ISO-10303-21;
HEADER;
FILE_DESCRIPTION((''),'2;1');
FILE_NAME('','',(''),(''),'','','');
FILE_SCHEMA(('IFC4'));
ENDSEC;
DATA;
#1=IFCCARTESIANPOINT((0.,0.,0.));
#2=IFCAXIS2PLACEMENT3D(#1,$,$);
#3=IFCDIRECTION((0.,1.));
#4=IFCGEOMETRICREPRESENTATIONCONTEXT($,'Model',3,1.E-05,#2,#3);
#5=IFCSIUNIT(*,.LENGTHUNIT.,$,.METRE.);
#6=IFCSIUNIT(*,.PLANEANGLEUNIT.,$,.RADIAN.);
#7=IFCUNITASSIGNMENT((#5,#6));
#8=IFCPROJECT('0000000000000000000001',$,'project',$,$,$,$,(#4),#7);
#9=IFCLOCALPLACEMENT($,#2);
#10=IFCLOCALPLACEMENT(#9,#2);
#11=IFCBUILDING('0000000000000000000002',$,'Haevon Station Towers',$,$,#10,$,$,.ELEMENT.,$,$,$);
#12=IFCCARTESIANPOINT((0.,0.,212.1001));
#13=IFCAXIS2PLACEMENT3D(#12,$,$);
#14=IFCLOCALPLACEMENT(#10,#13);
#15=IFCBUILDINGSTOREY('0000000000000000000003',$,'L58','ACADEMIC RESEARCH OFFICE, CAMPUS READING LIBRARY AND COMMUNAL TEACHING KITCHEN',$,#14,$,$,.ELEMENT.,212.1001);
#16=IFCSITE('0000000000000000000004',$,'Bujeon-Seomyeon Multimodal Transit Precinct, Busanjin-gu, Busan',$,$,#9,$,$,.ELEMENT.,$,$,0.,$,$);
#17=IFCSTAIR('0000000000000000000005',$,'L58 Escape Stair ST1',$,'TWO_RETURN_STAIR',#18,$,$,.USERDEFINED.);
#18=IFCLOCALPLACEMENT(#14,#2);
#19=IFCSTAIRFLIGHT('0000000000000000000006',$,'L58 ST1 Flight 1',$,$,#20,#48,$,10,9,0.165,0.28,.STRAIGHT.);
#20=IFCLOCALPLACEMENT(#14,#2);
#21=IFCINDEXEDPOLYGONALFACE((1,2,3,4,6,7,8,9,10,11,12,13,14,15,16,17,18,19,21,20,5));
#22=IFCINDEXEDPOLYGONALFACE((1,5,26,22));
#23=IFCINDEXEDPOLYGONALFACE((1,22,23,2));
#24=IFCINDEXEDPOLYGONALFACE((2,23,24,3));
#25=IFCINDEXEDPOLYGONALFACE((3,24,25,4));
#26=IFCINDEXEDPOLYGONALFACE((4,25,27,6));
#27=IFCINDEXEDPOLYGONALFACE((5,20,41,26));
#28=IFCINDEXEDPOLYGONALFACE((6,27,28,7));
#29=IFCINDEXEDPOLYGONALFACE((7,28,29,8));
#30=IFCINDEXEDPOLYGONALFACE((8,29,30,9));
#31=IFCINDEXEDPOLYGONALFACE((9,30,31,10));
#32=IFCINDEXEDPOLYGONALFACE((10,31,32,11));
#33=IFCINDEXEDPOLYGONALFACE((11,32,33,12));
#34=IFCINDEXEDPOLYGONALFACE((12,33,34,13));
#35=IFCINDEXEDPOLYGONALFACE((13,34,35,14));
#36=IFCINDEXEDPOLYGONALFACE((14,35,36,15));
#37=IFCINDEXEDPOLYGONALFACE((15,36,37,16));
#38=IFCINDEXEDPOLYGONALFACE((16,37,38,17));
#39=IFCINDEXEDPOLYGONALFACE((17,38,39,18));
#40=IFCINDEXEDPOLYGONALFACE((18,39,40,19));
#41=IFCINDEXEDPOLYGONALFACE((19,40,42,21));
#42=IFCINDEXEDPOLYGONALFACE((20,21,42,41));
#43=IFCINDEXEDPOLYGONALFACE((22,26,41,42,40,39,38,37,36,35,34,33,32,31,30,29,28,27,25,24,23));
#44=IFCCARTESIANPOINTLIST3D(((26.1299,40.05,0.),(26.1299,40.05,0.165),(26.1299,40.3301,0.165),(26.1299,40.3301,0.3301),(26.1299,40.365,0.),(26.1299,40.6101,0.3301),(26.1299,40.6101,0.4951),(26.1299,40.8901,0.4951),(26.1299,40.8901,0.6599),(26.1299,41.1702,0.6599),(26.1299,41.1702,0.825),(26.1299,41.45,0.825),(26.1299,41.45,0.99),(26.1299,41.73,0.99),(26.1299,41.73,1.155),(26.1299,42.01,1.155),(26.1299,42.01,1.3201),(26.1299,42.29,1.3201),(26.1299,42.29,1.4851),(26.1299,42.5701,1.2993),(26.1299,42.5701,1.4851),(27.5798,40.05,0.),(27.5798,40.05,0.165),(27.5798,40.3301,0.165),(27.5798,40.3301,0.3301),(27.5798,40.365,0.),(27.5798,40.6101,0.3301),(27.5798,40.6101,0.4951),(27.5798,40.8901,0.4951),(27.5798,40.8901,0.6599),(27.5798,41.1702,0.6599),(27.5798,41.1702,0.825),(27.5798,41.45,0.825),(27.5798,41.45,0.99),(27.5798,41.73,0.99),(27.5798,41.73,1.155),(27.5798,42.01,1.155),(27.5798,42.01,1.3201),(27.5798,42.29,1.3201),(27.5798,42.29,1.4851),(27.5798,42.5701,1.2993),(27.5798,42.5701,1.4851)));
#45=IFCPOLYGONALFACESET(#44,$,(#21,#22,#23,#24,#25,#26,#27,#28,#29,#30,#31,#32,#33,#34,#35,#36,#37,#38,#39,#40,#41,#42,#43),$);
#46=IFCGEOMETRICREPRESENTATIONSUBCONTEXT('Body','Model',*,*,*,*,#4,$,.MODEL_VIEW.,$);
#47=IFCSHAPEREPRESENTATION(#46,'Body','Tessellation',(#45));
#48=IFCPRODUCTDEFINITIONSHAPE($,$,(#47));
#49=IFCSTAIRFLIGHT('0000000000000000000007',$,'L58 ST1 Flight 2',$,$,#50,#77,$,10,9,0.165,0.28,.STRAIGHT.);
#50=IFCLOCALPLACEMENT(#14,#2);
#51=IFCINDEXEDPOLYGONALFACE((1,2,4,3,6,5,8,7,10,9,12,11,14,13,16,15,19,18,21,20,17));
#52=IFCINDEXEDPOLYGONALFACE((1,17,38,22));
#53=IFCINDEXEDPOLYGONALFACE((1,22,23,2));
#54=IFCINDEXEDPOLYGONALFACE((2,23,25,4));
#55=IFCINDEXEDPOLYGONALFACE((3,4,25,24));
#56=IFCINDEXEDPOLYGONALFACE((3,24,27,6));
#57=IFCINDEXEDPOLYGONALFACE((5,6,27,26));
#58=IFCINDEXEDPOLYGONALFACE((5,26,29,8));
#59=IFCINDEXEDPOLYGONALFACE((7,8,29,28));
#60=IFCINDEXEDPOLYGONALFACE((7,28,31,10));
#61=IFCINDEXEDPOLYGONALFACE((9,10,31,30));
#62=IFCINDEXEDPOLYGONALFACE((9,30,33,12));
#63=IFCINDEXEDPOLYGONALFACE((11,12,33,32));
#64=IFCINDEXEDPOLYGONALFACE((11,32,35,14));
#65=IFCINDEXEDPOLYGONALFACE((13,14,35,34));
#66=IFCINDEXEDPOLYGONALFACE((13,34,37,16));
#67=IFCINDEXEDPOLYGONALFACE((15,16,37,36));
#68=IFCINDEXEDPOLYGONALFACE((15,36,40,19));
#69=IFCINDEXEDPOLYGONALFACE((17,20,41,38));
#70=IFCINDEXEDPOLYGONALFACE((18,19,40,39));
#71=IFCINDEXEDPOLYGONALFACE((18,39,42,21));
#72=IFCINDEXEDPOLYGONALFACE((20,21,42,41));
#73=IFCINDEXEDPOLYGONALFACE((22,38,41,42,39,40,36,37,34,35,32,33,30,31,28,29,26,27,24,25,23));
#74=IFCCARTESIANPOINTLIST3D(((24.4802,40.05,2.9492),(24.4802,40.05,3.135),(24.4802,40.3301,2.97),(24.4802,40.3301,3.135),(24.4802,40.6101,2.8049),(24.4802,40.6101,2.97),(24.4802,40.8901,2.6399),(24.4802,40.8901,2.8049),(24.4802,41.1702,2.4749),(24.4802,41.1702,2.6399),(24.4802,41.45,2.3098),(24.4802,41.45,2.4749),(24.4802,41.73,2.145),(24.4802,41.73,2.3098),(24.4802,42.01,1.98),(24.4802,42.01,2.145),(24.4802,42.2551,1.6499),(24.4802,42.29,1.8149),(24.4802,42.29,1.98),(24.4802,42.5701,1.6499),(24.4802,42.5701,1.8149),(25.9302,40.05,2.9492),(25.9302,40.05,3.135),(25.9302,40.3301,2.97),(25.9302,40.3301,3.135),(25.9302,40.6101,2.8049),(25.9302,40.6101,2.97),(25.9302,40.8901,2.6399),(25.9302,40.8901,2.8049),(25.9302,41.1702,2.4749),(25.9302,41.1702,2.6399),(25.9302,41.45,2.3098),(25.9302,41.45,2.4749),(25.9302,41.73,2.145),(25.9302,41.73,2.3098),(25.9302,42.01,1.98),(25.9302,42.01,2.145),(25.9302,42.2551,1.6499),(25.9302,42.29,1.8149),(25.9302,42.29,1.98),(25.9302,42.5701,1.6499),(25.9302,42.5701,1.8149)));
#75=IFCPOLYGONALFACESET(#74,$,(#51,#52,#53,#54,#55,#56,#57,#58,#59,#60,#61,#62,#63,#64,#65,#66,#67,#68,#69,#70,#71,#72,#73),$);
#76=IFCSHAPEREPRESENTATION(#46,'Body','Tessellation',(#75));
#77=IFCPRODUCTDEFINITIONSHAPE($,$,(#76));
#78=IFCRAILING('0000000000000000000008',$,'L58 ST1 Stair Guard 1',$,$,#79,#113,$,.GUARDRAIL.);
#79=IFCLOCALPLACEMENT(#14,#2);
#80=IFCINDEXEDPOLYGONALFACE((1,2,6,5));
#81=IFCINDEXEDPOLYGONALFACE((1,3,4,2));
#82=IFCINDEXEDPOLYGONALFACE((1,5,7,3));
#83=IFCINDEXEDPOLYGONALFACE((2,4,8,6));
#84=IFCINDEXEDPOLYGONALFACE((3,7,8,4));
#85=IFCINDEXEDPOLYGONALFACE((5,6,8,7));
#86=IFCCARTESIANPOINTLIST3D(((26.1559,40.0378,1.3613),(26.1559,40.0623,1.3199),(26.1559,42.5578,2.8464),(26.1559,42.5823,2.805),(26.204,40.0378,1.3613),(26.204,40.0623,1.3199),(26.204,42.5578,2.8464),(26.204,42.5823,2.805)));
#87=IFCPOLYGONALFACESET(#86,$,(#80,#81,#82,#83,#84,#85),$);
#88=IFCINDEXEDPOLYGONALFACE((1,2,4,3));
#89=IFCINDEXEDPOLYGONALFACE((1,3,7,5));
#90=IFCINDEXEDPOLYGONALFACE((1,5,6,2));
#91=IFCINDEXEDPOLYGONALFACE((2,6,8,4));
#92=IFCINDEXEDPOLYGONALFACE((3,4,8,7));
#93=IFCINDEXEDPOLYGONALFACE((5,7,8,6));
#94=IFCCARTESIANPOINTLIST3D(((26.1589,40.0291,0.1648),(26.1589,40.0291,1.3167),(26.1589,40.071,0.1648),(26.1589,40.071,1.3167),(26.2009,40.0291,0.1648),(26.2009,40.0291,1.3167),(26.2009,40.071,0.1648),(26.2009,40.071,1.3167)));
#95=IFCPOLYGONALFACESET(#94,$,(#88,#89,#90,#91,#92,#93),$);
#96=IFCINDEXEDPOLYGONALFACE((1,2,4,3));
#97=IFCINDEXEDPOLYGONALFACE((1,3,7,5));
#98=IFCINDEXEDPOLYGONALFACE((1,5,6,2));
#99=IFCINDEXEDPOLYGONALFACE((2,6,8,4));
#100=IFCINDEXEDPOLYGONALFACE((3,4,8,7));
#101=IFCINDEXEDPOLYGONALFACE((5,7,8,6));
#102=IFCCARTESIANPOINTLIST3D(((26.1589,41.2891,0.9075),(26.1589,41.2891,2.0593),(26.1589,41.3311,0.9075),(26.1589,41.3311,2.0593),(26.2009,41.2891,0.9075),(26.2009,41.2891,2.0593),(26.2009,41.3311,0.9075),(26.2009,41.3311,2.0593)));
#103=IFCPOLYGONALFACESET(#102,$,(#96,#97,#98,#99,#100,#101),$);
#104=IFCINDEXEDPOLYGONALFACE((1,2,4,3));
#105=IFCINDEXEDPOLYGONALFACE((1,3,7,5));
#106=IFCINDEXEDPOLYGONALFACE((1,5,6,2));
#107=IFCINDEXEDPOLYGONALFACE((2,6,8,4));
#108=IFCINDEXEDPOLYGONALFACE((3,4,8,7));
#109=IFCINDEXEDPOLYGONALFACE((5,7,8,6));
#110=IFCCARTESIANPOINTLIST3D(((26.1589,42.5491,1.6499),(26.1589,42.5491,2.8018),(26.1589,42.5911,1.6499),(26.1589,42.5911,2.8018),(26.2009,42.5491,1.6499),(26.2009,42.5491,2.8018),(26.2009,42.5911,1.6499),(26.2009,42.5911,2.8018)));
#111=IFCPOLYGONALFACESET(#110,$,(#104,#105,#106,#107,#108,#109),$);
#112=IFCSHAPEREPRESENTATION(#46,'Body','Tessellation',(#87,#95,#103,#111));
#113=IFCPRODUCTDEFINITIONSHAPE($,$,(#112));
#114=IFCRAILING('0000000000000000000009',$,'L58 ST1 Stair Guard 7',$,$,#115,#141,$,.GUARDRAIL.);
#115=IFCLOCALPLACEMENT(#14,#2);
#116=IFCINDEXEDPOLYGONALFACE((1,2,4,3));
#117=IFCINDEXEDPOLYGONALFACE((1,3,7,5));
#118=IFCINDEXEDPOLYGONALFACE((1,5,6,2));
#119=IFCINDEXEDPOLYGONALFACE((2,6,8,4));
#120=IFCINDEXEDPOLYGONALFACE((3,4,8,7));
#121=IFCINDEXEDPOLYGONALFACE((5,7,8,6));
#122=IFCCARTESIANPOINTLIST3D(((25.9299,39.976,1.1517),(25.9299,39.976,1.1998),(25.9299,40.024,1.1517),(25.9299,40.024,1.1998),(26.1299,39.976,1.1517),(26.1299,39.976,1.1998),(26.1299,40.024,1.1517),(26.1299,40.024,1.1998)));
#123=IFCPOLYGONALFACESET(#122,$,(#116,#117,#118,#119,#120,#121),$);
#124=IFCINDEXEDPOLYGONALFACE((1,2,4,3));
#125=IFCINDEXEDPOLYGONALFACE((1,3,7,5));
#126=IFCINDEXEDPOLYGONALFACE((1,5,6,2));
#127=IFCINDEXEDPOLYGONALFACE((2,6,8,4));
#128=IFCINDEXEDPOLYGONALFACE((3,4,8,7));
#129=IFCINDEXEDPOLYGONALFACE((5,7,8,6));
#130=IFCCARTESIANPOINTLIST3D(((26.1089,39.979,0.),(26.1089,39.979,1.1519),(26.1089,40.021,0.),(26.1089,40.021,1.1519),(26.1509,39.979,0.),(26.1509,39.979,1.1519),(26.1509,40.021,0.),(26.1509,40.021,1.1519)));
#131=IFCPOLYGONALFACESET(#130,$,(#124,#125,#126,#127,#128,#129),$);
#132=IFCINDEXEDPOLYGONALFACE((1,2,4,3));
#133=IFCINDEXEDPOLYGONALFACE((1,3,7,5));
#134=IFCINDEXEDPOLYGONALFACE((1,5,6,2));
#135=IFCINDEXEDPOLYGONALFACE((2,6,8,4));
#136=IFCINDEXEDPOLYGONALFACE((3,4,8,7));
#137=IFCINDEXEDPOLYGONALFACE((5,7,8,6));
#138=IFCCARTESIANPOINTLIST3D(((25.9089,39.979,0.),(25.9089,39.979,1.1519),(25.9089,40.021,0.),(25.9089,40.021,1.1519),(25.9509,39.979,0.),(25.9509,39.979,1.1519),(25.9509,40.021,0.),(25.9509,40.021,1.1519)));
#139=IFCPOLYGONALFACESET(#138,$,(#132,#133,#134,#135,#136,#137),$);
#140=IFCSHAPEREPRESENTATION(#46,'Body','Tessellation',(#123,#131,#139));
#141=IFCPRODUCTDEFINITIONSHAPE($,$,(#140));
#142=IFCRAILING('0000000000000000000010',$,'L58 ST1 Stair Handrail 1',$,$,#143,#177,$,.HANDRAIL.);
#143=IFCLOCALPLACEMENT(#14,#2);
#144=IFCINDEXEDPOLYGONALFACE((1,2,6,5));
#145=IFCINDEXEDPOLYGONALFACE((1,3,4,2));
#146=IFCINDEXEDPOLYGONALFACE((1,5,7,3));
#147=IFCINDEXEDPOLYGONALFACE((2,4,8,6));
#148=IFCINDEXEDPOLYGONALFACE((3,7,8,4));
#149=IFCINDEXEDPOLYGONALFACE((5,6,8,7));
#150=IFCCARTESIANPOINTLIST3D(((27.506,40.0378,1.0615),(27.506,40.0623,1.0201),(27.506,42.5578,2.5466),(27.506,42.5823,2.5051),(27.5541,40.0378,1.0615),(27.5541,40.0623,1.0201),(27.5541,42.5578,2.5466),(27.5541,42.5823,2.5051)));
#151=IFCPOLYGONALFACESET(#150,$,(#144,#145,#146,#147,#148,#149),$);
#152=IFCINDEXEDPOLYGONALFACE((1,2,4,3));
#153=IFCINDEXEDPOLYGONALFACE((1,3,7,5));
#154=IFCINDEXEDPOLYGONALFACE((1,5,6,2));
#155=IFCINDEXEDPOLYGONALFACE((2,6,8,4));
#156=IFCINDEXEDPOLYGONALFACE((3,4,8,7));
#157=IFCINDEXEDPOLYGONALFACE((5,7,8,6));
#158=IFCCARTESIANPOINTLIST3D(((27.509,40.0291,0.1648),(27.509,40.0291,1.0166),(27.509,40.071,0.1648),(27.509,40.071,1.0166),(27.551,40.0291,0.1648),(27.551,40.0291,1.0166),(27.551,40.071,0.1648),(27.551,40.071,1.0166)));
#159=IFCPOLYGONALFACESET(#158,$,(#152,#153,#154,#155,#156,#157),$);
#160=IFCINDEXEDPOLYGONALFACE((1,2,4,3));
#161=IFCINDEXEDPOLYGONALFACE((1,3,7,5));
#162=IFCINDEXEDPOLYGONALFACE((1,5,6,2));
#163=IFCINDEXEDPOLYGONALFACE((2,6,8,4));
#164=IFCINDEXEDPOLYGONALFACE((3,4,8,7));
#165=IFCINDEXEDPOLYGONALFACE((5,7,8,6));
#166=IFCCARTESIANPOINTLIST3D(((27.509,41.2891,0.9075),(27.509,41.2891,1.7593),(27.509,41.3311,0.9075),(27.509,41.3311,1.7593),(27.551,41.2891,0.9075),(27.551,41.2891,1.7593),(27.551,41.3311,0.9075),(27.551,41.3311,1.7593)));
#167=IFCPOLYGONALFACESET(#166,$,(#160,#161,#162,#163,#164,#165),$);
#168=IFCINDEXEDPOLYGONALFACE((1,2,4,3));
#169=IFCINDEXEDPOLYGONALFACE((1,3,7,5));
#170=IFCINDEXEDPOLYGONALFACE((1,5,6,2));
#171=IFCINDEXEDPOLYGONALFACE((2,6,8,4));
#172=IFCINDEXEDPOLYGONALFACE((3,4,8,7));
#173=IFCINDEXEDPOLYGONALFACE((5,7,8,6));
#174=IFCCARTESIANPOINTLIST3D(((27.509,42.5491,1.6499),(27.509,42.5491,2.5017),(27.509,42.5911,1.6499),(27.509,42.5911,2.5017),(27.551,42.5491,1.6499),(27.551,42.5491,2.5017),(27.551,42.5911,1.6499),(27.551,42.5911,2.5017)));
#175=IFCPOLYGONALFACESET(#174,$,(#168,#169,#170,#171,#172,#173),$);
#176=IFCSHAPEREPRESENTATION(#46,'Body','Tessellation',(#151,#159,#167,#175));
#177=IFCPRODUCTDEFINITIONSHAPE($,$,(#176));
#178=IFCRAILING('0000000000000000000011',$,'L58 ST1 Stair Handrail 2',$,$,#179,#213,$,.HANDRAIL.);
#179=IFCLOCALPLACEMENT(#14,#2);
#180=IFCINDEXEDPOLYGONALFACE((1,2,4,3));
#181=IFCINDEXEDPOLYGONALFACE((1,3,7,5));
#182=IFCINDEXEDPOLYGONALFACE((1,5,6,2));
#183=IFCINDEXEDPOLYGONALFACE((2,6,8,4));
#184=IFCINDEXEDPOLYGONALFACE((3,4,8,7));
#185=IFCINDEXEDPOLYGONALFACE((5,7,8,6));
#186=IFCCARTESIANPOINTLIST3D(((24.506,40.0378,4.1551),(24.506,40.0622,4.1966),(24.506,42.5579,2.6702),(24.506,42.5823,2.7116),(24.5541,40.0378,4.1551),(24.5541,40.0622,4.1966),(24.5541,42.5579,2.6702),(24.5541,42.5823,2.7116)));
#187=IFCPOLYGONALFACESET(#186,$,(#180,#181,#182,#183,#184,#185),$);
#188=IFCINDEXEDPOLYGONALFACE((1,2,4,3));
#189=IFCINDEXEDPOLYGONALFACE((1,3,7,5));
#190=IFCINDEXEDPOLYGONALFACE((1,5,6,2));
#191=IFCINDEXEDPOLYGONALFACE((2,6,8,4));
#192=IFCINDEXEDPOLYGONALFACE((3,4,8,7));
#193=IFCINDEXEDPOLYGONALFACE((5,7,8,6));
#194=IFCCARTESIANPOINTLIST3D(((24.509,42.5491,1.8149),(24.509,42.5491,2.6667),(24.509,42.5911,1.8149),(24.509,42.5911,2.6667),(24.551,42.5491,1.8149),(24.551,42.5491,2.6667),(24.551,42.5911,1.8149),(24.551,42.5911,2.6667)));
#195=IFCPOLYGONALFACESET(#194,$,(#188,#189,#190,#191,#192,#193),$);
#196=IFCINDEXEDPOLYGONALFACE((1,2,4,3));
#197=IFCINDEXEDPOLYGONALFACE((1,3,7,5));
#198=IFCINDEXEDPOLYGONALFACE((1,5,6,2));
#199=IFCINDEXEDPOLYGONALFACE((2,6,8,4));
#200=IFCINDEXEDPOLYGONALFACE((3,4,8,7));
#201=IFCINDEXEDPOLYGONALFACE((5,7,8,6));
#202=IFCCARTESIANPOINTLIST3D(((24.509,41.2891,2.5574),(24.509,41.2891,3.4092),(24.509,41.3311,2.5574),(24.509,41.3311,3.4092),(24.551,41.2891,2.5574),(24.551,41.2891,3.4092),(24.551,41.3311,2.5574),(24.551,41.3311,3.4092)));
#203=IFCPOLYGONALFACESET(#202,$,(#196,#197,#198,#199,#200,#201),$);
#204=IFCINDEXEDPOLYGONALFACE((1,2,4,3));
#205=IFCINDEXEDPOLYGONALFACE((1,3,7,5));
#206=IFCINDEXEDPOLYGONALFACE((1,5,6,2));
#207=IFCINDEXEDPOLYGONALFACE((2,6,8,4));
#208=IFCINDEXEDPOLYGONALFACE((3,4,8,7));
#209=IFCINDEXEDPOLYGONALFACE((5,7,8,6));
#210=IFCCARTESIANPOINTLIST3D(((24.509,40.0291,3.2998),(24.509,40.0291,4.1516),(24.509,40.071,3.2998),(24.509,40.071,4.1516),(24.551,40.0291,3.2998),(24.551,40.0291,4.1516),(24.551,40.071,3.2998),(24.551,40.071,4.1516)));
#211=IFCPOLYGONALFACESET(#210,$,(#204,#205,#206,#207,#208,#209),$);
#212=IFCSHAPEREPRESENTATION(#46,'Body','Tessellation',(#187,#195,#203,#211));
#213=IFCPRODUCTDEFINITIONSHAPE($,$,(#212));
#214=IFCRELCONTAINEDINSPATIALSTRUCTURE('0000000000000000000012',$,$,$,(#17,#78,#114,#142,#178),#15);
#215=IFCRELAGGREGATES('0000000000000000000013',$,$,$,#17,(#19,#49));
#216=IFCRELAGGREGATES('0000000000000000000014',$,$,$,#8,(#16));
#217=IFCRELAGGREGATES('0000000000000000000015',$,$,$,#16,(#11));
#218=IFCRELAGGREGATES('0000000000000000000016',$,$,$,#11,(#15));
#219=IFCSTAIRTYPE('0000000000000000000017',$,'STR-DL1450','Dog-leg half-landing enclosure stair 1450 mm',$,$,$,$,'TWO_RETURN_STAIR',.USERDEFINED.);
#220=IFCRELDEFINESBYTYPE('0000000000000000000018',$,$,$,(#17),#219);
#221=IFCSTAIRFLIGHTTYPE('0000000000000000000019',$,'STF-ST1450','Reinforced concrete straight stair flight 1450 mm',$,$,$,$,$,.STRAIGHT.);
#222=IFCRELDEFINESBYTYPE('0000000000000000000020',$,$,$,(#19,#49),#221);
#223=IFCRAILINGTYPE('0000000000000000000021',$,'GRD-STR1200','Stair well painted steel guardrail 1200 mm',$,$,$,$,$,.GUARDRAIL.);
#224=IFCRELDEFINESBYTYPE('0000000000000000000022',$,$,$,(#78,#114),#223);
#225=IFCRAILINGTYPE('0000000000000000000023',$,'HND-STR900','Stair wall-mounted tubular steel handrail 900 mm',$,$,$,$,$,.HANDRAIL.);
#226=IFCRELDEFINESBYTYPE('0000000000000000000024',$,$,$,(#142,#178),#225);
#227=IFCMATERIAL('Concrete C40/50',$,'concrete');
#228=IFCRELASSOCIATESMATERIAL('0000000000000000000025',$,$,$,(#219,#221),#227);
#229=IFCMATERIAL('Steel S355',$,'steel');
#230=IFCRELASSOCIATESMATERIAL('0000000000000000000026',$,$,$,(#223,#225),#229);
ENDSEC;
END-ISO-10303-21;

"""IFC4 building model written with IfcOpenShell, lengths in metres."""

from ifc_helpers import new_model, si_unit, direction, frame, origin, origin_2d, place, context, subcontext, project, spatial, polyline, rectangle, outline, extrude, material, type_object, element, aggregate, save


model = new_model("IFC4")

# Units and contexts
model_context = context("Model", 3, precision=1e-05, world=origin(), true_north=direction((0.0, 1.0)))
body_context = subcontext(model_context, "Body", "Model", "MODEL_VIEW")
ifc_project = project(units=[si_unit("LENGTHUNIT", "METRE"), si_unit("PLANEANGLEUNIT", "RADIAN")], contexts=[model_context])

# Site, building, storey
site_placement = place(None, origin())
site = spatial("IfcSite", under=ifc_project, at=site_placement, Name="Bujeon-Seomyeon Multimodal Transit Precinct, Busanjin-gu, Busan", CompositionType="ELEMENT", RefElevation=0.0)
building_placement = place(site_placement, origin())
building = spatial("IfcBuilding", under=site, at=building_placement, Name="Haevon Station Towers", CompositionType="ELEMENT")
storey_placement = place(building_placement, frame((0.0, 0.0, 212.1001)))
storey = spatial("IfcBuildingStorey", under=building, at=storey_placement, Name="L58", Description="ACADEMIC RESEARCH OFFICE, CAMPUS READING LIBRARY AND COMMUNAL TEACHING KITCHEN", CompositionType="ELEMENT", Elevation=212.1001)

# Stair, stair flights
ifc_material_1 = material(Name="Concrete C40/50", Category="concrete")
stair_type = type_object("IfcStairType", Name="STR-DL1450", Description="Dog-leg half-landing enclosure stair 1450 mm", ElementType="TWO_RETURN_STAIR", PredefinedType="USERDEFINED", material=ifc_material_1)
stair_placement = place(storey_placement, origin())
stair = element("IfcStair", 1, at=stair_placement, inside=storey, type_object=stair_type, Name="L58 Escape Stair ST1", ObjectType="TWO_RETURN_STAIR", PredefinedType="USERDEFINED")
stair_flight_type = type_object("IfcStairFlightType", Name="STF-ST1450", Description="Reinforced concrete straight stair flight 1450 mm", PredefinedType="STRAIGHT", material=ifc_material_1)
stair_flight_1_placement = place(storey_placement, frame((26.855, 40.05, 0.0), z_axis=(0.0, 0.0, 1.0), x_axis=(0.0, 1.0, 0.0)))
stair_flight_1 = element("IfcStairFlight", 2, at=stair_flight_1_placement, type_object=stair_flight_type, Name="L58 ST1 Flight 1", NumberOfRisers=10, NumberOfTreads=9, PredefinedType="STRAIGHT", RiserHeight=0.165, TreadLength=0.28, context=body_context, shape_type="SweptSolid", body=[
    extrude(outline(polyline([(0.0, 0.0), (0.0, 0.165), (0.28, 0.165), (0.28, 0.3301), (0.5601, 0.3301), (0.5601, 0.4951), (0.8401, 0.4951), (0.8401, 0.6599), (1.1201, 0.6599), (1.1201, 0.825), (1.3999, 0.825), (1.3999, 0.99), (1.6799, 0.99), (1.6799, 1.155), (1.96, 1.155), (1.96, 1.3201), (2.24, 1.3201), (2.24, 1.4851), (2.52, 1.4851), (2.52, 1.6499), (2.52, 1.2993), (0.3149, 0.0), (0.0, 0.0)])), frame((0.0, 0.7251, 0.0), z_axis=(0.0, -1.0, 0.0), x_axis=(1.0, 0.0, 0.0)), (0.0, 0.0, 1.0), 1.45),
])
stair_flight_2_placement = place(storey_placement, frame((25.2051, 42.5701, 1.6499), z_axis=(0.0, 0.0, 1.0), x_axis=(0.0, -1.0, 0.0)))
stair_flight_2 = element("IfcStairFlight", 3, at=stair_flight_2_placement, type_object=stair_flight_type, Name="L58 ST1 Flight 2", NumberOfRisers=10, NumberOfTreads=9, PredefinedType="STRAIGHT", RiserHeight=0.165, TreadLength=0.28, context=body_context, shape_type="SweptSolid", body=[
    extrude(outline(polyline([(0.0, 0.0), (0.0, 0.165), (0.28, 0.165), (0.28, 0.3301), (0.5601, 0.3301), (0.5601, 0.4951), (0.8401, 0.4951), (0.8401, 0.6599), (1.1201, 0.6599), (1.1201, 0.825), (1.3999, 0.825), (1.3999, 0.99), (1.6799, 0.99), (1.6799, 1.155), (1.96, 1.155), (1.96, 1.3201), (2.24, 1.3201), (2.24, 1.4851), (2.52, 1.4851), (2.52, 1.6499), (2.52, 1.2993), (0.3149, 0.0), (0.0, 0.0)])), frame((0.0, 0.7251, 0.0), z_axis=(0.0, -1.0, 0.0), x_axis=(1.0, 0.0, 0.0)), (0.0, 0.0, 1.0), 1.45),
])
aggregate(stair, [stair_flight_1, stair_flight_2])

# Railings
ifc_material_2 = material(Name="Steel S355", Category="steel")
railing_type_1 = type_object("IfcRailingType", Name="GRD-STR1200", Description="Stair well painted steel guardrail 1200 mm", PredefinedType="GUARDRAIL", material=ifc_material_2)
railing_1_placement = place(storey_placement, frame((26.1799, 40.05, 0.1648)))
element("IfcRailing", 4, at=railing_1_placement, inside=storey, type_object=railing_type_1, Name="L58 ST1 Stair Guard 1", PredefinedType="GUARDRAIL", context=body_context, shape_type="SweptSolid", body=[
    extrude(rectangle(XDim=0.0481, YDim=0.0481, at=origin_2d()), frame((0.0, 0.0, 1.1758), z_axis=(0.0, 0.861524, 0.507717), x_axis=(-1.0, 0.0, 0.0)), (0.0, 0.0, 1.0), 2.925),
    extrude(rectangle(XDim=0.042, YDim=0.042, at=origin_2d()), origin(), (0.0, 0.0, 1.0), 1.1519),
    extrude(rectangle(XDim=0.042, YDim=0.042, at=origin_2d()), frame((0.0, 1.26, 0.7427)), (0.0, 0.0, 1.0), 1.1519),
    extrude(rectangle(XDim=0.042, YDim=0.042, at=origin_2d()), frame((0.0, 2.52, 1.4851)), (0.0, 0.0, 1.0), 1.1519),
])
railing_2_placement = place(storey_placement, frame((26.1299, 40.0, 0.0)))
element("IfcRailing", 5, at=railing_2_placement, inside=storey, type_object=railing_type_1, Name="L58 ST1 Stair Guard 7", PredefinedType="GUARDRAIL", context=body_context, shape_type="SweptSolid", body=[
    extrude(rectangle(XDim=0.0481, YDim=0.0481, at=origin_2d()), frame((0.0, 0.0, 1.1758), z_axis=(-1.0, 0.0, 0.0), x_axis=(0.0, -1.0, 0.0)), (0.0, 0.0, 1.0), 0.2),
    extrude(rectangle(XDim=0.042, YDim=0.042, at=origin_2d()), origin(), (0.0, 0.0, 1.0), 1.1519),
    extrude(rectangle(XDim=0.042, YDim=0.042, at=origin_2d()), frame((-0.2, 0.0, 0.0)), (0.0, 0.0, 1.0), 1.1519),
])
railing_type_2 = type_object("IfcRailingType", Name="HND-STR900", Description="Stair wall-mounted tubular steel handrail 900 mm", PredefinedType="HANDRAIL", material=ifc_material_2)
railing_3_placement = place(storey_placement, frame((27.53, 40.05, 0.1648)))
element("IfcRailing", 6, at=railing_3_placement, inside=storey, type_object=railing_type_2, Name="L58 ST1 Stair Handrail 1", PredefinedType="HANDRAIL", context=body_context, shape_type="SweptSolid", body=[
    extrude(rectangle(XDim=0.0481, YDim=0.0481, at=origin_2d()), frame((0.0, 0.0, 0.876), z_axis=(0.0, 0.861524, 0.507717), x_axis=(-1.0, 0.0, 0.0)), (0.0, 0.0, 1.0), 2.925),
    extrude(rectangle(XDim=0.042, YDim=0.042, at=origin_2d()), origin(), (0.0, 0.0, 1.0), 0.8518),
    extrude(rectangle(XDim=0.042, YDim=0.042, at=origin_2d()), frame((0.0, 1.26, 0.7427)), (0.0, 0.0, 1.0), 0.8518),
    extrude(rectangle(XDim=0.042, YDim=0.042, at=origin_2d()), frame((0.0, 2.52, 1.4851)), (0.0, 0.0, 1.0), 0.8518),
])
railing_4_placement = place(storey_placement, frame((24.53, 42.5701, 1.8149)))
element("IfcRailing", 7, at=railing_4_placement, inside=storey, type_object=railing_type_2, Name="L58 ST1 Stair Handrail 2", PredefinedType="HANDRAIL", context=body_context, shape_type="SweptSolid", body=[
    extrude(rectangle(XDim=0.0481, YDim=0.0481, at=origin_2d()), frame((0.0, 0.0, 0.876), z_axis=(0.0, -0.861561, 0.507655), x_axis=(1.0, 0.0, 0.0)), (0.0, 0.0, 1.0), 2.925),
    extrude(rectangle(XDim=0.042, YDim=0.042, at=origin_2d()), origin(), (0.0, 0.0, 1.0), 0.8518),
    extrude(rectangle(XDim=0.042, YDim=0.042, at=origin_2d()), frame((0.0, -1.26, 0.7424)), (0.0, 0.0, 1.0), 0.8518),
    extrude(rectangle(XDim=0.042, YDim=0.042, at=origin_2d()), frame((0.0, -2.52, 1.4849)), (0.0, 0.0, 1.0), 0.8518),
])

save(model, "model.ifc")
